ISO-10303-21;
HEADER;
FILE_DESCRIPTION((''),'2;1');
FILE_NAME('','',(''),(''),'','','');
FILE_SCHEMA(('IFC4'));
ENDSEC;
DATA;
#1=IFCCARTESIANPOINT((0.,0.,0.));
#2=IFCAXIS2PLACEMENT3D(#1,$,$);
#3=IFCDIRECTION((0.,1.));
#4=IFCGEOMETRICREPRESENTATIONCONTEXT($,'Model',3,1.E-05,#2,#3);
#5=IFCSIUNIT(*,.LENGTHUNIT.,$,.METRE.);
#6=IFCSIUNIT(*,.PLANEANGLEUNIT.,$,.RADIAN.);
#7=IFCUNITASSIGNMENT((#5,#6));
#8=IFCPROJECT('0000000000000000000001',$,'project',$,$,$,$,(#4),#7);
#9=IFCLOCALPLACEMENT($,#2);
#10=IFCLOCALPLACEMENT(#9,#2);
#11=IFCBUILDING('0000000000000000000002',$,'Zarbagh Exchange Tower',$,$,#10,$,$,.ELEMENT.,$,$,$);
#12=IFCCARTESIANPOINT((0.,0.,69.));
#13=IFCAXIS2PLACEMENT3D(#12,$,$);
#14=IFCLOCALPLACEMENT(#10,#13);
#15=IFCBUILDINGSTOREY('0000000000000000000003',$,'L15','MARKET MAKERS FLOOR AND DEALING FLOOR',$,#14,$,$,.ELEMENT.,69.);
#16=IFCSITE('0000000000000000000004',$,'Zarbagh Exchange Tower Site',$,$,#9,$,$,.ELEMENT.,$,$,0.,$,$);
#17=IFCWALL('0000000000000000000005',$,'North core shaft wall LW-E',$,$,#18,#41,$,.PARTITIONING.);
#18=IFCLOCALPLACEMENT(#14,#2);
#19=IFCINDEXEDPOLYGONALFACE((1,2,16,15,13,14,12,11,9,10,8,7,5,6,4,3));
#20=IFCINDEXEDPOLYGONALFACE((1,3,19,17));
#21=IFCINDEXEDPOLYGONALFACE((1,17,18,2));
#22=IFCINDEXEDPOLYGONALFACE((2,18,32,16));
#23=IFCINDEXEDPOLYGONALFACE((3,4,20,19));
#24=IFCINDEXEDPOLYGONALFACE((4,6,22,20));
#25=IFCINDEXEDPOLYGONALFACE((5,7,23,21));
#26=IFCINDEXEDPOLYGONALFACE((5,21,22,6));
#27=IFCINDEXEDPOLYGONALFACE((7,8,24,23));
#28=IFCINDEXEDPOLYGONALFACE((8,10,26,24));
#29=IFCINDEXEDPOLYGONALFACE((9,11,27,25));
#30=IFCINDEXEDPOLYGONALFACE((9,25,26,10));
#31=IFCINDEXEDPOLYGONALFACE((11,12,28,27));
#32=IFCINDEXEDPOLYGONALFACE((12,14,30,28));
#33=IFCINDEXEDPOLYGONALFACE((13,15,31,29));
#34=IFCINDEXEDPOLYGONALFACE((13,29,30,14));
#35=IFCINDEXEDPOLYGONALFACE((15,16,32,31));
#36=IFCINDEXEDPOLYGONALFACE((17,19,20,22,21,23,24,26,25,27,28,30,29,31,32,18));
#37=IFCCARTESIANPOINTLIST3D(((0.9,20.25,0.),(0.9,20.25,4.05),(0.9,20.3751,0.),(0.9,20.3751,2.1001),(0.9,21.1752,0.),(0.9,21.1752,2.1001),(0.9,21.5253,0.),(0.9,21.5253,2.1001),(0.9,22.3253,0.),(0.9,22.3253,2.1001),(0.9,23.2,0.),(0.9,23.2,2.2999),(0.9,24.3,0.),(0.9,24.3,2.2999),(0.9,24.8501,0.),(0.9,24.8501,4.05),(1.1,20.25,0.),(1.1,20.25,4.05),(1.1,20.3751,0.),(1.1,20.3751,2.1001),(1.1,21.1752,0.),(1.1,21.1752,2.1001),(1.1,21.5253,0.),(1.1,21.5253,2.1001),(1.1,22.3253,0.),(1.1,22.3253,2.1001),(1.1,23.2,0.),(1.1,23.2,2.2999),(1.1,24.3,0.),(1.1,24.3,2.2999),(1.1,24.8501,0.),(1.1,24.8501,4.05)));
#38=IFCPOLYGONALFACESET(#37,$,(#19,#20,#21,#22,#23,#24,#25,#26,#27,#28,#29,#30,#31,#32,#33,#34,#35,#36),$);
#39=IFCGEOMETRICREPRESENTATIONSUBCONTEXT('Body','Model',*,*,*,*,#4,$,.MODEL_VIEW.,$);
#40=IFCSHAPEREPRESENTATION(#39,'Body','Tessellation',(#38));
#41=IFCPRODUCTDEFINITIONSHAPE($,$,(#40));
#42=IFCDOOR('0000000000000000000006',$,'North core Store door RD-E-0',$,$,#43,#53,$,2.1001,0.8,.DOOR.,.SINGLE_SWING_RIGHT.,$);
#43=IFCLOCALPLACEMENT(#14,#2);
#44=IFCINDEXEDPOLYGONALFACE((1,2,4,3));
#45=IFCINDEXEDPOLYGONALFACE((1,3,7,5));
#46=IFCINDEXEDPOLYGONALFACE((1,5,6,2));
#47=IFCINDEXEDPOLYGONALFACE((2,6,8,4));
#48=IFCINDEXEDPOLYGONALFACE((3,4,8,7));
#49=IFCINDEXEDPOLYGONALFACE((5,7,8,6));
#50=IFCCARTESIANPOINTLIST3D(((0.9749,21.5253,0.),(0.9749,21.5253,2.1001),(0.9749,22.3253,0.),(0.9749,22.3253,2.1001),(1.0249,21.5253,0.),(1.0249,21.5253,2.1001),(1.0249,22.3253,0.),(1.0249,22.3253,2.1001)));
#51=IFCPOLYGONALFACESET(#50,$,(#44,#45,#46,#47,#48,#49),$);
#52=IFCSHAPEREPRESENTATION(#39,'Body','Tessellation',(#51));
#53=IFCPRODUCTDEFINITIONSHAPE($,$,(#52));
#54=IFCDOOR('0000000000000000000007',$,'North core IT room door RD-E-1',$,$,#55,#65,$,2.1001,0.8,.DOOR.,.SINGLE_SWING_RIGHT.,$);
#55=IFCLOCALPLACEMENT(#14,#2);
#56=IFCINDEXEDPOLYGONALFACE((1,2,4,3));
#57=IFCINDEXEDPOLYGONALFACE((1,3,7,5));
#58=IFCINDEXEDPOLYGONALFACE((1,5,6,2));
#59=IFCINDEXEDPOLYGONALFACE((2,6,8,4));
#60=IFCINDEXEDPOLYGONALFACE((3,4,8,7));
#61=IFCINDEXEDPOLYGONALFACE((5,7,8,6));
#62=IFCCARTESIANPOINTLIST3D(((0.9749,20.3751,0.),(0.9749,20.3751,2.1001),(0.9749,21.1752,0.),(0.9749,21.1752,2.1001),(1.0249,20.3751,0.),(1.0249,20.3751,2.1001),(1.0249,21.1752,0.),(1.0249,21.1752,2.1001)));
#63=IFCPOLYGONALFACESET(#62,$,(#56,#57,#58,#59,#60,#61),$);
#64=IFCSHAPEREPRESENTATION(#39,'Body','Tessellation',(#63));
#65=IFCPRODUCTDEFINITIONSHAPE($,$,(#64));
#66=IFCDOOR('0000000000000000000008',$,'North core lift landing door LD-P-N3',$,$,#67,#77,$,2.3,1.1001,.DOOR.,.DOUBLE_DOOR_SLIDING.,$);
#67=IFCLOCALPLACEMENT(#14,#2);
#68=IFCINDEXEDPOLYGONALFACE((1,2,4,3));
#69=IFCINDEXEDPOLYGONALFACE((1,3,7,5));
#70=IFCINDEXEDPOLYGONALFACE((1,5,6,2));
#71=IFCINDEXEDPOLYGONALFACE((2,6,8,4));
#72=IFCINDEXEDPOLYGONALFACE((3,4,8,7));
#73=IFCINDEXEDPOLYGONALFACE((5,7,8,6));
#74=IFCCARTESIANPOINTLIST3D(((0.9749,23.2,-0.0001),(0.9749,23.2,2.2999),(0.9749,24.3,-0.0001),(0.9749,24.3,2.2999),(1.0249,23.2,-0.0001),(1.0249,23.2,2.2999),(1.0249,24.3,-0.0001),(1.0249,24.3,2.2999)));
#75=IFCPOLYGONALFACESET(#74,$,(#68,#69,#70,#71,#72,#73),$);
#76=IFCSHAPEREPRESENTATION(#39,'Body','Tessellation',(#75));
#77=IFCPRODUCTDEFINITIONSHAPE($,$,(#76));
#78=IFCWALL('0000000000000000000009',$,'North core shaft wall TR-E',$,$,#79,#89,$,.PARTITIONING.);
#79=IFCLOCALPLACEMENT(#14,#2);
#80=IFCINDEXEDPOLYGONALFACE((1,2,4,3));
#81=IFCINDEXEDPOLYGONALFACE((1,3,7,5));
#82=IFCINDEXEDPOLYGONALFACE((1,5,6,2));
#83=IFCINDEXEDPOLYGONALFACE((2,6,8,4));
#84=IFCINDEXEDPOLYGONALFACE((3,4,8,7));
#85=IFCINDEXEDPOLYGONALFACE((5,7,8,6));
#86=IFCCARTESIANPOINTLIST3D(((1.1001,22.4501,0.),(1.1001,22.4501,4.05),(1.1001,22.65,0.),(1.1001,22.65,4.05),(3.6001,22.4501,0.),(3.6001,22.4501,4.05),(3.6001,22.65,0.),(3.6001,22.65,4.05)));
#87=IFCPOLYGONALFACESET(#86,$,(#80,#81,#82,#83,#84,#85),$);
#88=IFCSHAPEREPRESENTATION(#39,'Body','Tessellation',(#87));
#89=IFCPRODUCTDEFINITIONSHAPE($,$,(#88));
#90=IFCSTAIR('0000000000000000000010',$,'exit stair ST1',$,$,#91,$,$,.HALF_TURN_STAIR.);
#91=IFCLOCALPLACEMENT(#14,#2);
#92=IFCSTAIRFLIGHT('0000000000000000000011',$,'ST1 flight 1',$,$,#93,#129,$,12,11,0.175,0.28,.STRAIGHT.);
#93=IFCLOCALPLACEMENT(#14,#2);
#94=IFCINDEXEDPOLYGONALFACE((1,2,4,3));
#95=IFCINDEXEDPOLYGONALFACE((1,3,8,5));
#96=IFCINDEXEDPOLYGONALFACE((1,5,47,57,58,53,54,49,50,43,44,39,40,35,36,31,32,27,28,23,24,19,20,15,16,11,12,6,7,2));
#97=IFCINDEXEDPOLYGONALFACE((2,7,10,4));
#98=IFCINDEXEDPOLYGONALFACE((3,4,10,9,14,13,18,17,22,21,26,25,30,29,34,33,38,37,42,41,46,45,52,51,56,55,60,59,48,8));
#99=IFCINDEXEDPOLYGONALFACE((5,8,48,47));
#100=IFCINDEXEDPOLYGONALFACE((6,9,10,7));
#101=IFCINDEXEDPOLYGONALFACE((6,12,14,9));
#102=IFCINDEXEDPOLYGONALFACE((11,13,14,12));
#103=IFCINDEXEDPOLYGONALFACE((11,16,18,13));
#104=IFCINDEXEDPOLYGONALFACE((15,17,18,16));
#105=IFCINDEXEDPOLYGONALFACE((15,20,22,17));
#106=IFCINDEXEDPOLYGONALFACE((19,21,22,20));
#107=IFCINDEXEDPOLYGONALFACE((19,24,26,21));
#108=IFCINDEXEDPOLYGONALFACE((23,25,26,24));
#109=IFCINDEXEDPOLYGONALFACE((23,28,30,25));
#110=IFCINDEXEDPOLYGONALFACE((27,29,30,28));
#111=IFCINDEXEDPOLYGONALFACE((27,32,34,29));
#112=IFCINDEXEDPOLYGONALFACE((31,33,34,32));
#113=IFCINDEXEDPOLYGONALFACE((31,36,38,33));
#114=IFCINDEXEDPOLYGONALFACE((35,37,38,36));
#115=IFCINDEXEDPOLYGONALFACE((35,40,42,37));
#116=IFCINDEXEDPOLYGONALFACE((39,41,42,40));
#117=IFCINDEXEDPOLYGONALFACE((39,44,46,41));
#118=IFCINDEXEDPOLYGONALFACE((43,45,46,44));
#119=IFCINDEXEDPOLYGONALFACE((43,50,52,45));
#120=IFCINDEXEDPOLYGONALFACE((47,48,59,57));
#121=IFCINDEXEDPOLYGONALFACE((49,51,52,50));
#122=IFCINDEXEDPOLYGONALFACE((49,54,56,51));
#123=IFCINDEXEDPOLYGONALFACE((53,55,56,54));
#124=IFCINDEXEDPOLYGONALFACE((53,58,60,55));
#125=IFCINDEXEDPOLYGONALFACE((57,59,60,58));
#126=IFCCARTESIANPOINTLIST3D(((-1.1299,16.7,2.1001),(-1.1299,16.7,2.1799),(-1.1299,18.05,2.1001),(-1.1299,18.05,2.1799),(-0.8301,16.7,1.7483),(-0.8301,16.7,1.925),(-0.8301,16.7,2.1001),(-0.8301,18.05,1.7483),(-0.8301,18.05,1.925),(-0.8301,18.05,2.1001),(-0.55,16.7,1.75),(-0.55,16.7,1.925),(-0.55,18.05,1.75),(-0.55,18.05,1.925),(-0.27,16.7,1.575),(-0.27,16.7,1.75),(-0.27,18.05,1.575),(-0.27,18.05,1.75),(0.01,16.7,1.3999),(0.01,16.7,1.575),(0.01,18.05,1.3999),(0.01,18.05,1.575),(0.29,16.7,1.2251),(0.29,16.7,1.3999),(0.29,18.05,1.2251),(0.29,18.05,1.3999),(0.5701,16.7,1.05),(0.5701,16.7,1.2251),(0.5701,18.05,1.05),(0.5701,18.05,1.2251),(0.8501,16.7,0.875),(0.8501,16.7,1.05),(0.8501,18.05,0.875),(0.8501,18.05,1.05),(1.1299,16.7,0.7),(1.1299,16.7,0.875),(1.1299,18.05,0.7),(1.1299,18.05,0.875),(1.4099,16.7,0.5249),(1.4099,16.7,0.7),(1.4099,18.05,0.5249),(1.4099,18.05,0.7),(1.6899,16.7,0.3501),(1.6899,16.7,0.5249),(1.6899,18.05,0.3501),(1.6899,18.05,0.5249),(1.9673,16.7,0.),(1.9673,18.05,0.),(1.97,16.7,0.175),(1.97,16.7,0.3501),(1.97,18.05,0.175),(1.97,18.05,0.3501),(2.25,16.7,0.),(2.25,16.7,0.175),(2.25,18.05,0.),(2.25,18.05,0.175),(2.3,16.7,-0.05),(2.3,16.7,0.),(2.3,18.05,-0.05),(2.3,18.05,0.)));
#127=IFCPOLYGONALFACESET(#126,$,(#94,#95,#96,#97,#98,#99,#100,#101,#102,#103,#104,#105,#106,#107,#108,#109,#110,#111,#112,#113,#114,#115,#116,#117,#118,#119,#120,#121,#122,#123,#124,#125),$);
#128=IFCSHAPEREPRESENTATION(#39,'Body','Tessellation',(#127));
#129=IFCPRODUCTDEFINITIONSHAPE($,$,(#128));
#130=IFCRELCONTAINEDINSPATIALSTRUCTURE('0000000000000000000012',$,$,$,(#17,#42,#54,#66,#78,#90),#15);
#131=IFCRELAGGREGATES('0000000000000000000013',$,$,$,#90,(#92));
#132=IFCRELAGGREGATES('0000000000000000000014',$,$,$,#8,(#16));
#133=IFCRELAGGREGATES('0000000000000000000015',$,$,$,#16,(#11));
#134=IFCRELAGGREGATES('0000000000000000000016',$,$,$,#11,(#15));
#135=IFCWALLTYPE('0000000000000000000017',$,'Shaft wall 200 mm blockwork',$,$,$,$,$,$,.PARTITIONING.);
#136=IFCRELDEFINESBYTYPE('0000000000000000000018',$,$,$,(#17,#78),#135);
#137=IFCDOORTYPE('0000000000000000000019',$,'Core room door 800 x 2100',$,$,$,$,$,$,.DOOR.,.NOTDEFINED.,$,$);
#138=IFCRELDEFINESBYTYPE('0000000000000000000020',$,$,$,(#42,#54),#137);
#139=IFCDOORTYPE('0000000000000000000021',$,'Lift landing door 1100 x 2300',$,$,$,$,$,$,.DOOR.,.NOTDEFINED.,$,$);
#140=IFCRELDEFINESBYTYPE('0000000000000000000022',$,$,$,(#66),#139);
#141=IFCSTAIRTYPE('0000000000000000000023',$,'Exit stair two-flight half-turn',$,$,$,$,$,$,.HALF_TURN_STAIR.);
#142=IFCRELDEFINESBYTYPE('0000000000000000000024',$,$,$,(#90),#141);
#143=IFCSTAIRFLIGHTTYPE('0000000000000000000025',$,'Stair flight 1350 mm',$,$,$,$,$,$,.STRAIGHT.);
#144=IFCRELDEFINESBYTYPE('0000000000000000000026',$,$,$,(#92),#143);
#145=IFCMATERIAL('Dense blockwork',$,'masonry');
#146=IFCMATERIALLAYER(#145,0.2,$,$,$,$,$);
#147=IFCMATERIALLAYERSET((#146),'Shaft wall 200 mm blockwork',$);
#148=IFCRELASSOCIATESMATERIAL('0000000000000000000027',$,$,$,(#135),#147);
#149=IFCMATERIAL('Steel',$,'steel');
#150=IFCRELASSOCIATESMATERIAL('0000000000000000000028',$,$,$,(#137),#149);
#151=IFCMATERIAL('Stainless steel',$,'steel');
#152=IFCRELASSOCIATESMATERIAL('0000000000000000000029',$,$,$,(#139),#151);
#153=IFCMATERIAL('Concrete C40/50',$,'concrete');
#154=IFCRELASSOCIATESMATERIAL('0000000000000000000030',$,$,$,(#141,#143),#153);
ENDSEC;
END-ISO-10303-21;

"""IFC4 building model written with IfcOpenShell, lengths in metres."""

from ifc_helpers import new_model, si_unit, direction, frame, frame_2d, origin, place, context, subcontext, project, spatial, polyline, rectangle, outline, extrude, material, layer, layer_set, type_object, element, fill, aggregate, save


model = new_model("IFC4")

# Units and contexts
model_context = context("Model", 3, precision=1e-05, world=origin(), true_north=direction((0.0, 1.0)))
body_context = subcontext(model_context, "Body", "Model", "MODEL_VIEW")
ifc_project = project(units=[si_unit("LENGTHUNIT", "METRE"), si_unit("PLANEANGLEUNIT", "RADIAN")], contexts=[model_context])

# Site, building, storey
site_placement = place(None, origin())
site = spatial("IfcSite", under=ifc_project, at=site_placement, Name="Zarbagh Exchange Tower Site", CompositionType="ELEMENT", RefElevation=0.0)
building_placement = place(site_placement, origin())
building = spatial("IfcBuilding", under=site, at=building_placement, Name="Zarbagh Exchange Tower", CompositionType="ELEMENT")
storey_placement = place(building_placement, frame((0.0, 0.0, 69.0)))
storey = spatial("IfcBuildingStorey", under=building, at=storey_placement, Name="L15", Description="MARKET MAKERS FLOOR AND DEALING FLOOR", CompositionType="ELEMENT", Elevation=69.0)

# Shared definitions
ifc_material_1 = material(Name="Dense blockwork", Category="masonry")

# Wall, openings, doors
ifc_material_2 = material(Name="Steel", Category="steel")
ifc_layer_1 = layer(ifc_material_1, 0.2)
ifc_layer_set_1 = layer_set([ifc_layer_1], Name="Shaft wall 200 mm blockwork")
wall_type_1 = type_object("IfcWallType", Name="Shaft wall 200 mm blockwork", PredefinedType="PARTITIONING", material=ifc_layer_set_1)
wall_1_placement = place(storey_placement, frame((1.0, 24.8501, 0.0), z_axis=(0.0, 0.0, 1.0), x_axis=(0.0, -1.0, 0.0)))
wall_1 = element("IfcWall", 1, at=wall_1_placement, inside=storey, type_object=wall_type_1, Name="North core shaft wall LW-E", PredefinedType="PARTITIONING", context=body_context, shape_type="SweptSolid", body=[
    extrude(rectangle(XDim=4.6001, YDim=0.2, at=frame_2d((2.3, 0.0))), origin(), (0.0, 0.0, 1.0), 4.05),
])
opening_1_placement = place(wall_1_placement, frame((0.55, 0.0, 0.0)))
opening_1 = element("IfcOpeningElement", 2, at=opening_1_placement, cuts=wall_1, PredefinedType="OPENING", context=body_context, shape_type="SweptSolid", body=[
    extrude(rectangle(XDim=1.1001, YDim=2.3, at=frame_2d((0.55, 1.1499))), frame((0.0, 0.1099, 0.0), z_axis=(0.0, -1.0, 0.0), x_axis=(1.0, 0.0, 0.0)), (0.0, 0.0, 1.0), 0.22),
])
opening_2_placement = place(wall_1_placement, frame((2.5249, 0.0, 0.0)))
opening_2 = element("IfcOpeningElement", 3, at=opening_2_placement, cuts=wall_1, PredefinedType="OPENING", context=body_context, shape_type="SweptSolid", body=[
    extrude(rectangle(XDim=0.8, YDim=2.1001, at=frame_2d((0.3999, 1.05))), frame((0.0, 0.1099, 0.0), z_axis=(0.0, -1.0, 0.0), x_axis=(1.0, 0.0, 0.0)), (0.0, 0.0, 1.0), 0.22),
])
opening_3_placement = place(wall_1_placement, frame((3.675, 0.0, 0.0)))
opening_3 = element("IfcOpeningElement", 4, at=opening_3_placement, cuts=wall_1, PredefinedType="OPENING", context=body_context, shape_type="SweptSolid", body=[
    extrude(rectangle(XDim=0.8, YDim=2.1001, at=frame_2d((0.3999, 1.05))), frame((0.0, 0.1099, 0.0), z_axis=(0.0, -1.0, 0.0), x_axis=(1.0, 0.0, 0.0)), (0.0, 0.0, 1.0), 0.22),
])
door_type_1 = type_object("IfcDoorType", Name="Core room door 800 x 2100", OperationType="NOTDEFINED", PredefinedType="DOOR", material=ifc_material_2)
door_1_placement = place(opening_2_placement, origin())
door_1 = element("IfcDoor", 5, at=door_1_placement, inside=storey, type_object=door_type_1, Name="North core Store door RD-E-0", OperationType="SINGLE_SWING_RIGHT", OverallHeight=2.1001, OverallWidth=0.8, PredefinedType="DOOR", context=body_context, shape_type="SweptSolid", body=[
    extrude(rectangle(XDim=0.8, YDim=2.1001, at=frame_2d((0.3999, 1.05))), frame((0.0, 0.0249, 0.0), z_axis=(0.0, -1.0, 0.0), x_axis=(1.0, 0.0, 0.0)), (0.0, 0.0, 1.0), 0.05),
])
fill(opening_2, door_1)
door_2_placement = place(opening_3_placement, origin())
door_2 = element("IfcDoor", 6, at=door_2_placement, inside=storey, type_object=door_type_1, Name="North core IT room door RD-E-1", OperationType="SINGLE_SWING_RIGHT", OverallHeight=2.1001, OverallWidth=0.8, PredefinedType="DOOR", context=body_context, shape_type="SweptSolid", body=[
    extrude(rectangle(XDim=0.8, YDim=2.1001, at=frame_2d((0.3999, 1.05))), frame((0.0, 0.0249, 0.0), z_axis=(0.0, -1.0, 0.0), x_axis=(1.0, 0.0, 0.0)), (0.0, 0.0, 1.0), 0.05),
])
fill(opening_3, door_2)
ifc_material_3 = material(Name="Stainless steel", Category="steel")
door_type_2 = type_object("IfcDoorType", Name="Lift landing door 1100 x 2300", OperationType="NOTDEFINED", PredefinedType="DOOR", material=ifc_material_3)
door_3_placement = place(opening_1_placement, origin())
door_3 = element("IfcDoor", 7, at=door_3_placement, inside=storey, type_object=door_type_2, Name="North core lift landing door LD-P-N3", OperationType="DOUBLE_DOOR_SLIDING", OverallHeight=2.3, OverallWidth=1.1001, PredefinedType="DOOR", context=body_context, shape_type="SweptSolid", body=[
    extrude(rectangle(XDim=1.1001, YDim=2.3, at=frame_2d((0.55, 1.1499))), frame((0.0, 0.0249, 0.0), z_axis=(0.0, -1.0, 0.0), x_axis=(1.0, 0.0, 0.0)), (0.0, 0.0, 1.0), 0.05),
])
fill(opening_1, door_3)

# Wall
wall_2_placement = place(storey_placement, frame((1.1001, 22.55, 0.0), z_axis=(0.0, 0.0, 1.0), x_axis=(1.0, 0.0, 0.0)))
element("IfcWall", 8, at=wall_2_placement, inside=storey, type_object=wall_type_1, Name="North core shaft wall TR-E", PredefinedType="PARTITIONING", context=body_context, shape_type="SweptSolid", body=[
    extrude(rectangle(XDim=2.5, YDim=0.2, at=frame_2d((1.25, 0.0))), origin(), (0.0, 0.0, 1.0), 4.05),
])

# Stair, stair flight
ifc_material_4 = material(Name="Concrete C40/50", Category="concrete")
stair_type = type_object("IfcStairType", Name="Exit stair two-flight half-turn", PredefinedType="HALF_TURN_STAIR", material=ifc_material_4)
stair_placement = place(storey_placement, origin())
stair = element("IfcStair", 9, at=stair_placement, inside=storey, type_object=stair_type, Name="exit stair ST1", PredefinedType="HALF_TURN_STAIR")
stair_flight_type = type_object("IfcStairFlightType", Name="Stair flight 1350 mm", PredefinedType="STRAIGHT", material=ifc_material_4)
stair_flight_placement = place(storey_placement, frame((2.25, 17.375, 0.0), z_axis=(0.0, 0.0, 1.0), x_axis=(-1.0, 0.0, 0.0)))
stair_flight = element("IfcStairFlight", 10, at=stair_flight_placement, type_object=stair_flight_type, Name="ST1 flight 1", NumberOfRisers=12, NumberOfTreads=11, PredefinedType="STRAIGHT", RiserHeight=0.175, TreadLength=0.28, context=body_context, shape_type="SweptSolid", body=[
    extrude(outline(polyline([(-0.05, -0.05), (-0.05, 0.0), (0.0, 0.0), (0.0, 0.175), (0.28, 0.175), (0.28, 0.3501), (0.5601, 0.3501), (0.5601, 0.5249), (0.8401, 0.5249), (0.8401, 0.7), (1.1201, 0.7), (1.1201, 0.875), (1.3999, 0.875), (1.3999, 1.05), (1.6799, 1.05), (1.6799, 1.2251), (1.96, 1.2251), (1.96, 1.3999), (2.24, 1.3999), (2.24, 1.575), (2.52, 1.575), (2.52, 1.75), (2.8, 1.75), (2.8, 1.925), (3.0801, 1.925), (3.0801, 2.1001), (3.3799, 2.1799), (3.3799, 2.1001), (3.0801, 1.7483), (0.2827, 0.0), (-0.05, -0.05)])), frame((0.0, 0.675, 0.0), z_axis=(0.0, -1.0, 0.0), x_axis=(1.0, 0.0, 0.0)), (0.0, 0.0, 1.0), 1.3501),
])
aggregate(stair, [stair_flight])

save(model, "model.ifc")
